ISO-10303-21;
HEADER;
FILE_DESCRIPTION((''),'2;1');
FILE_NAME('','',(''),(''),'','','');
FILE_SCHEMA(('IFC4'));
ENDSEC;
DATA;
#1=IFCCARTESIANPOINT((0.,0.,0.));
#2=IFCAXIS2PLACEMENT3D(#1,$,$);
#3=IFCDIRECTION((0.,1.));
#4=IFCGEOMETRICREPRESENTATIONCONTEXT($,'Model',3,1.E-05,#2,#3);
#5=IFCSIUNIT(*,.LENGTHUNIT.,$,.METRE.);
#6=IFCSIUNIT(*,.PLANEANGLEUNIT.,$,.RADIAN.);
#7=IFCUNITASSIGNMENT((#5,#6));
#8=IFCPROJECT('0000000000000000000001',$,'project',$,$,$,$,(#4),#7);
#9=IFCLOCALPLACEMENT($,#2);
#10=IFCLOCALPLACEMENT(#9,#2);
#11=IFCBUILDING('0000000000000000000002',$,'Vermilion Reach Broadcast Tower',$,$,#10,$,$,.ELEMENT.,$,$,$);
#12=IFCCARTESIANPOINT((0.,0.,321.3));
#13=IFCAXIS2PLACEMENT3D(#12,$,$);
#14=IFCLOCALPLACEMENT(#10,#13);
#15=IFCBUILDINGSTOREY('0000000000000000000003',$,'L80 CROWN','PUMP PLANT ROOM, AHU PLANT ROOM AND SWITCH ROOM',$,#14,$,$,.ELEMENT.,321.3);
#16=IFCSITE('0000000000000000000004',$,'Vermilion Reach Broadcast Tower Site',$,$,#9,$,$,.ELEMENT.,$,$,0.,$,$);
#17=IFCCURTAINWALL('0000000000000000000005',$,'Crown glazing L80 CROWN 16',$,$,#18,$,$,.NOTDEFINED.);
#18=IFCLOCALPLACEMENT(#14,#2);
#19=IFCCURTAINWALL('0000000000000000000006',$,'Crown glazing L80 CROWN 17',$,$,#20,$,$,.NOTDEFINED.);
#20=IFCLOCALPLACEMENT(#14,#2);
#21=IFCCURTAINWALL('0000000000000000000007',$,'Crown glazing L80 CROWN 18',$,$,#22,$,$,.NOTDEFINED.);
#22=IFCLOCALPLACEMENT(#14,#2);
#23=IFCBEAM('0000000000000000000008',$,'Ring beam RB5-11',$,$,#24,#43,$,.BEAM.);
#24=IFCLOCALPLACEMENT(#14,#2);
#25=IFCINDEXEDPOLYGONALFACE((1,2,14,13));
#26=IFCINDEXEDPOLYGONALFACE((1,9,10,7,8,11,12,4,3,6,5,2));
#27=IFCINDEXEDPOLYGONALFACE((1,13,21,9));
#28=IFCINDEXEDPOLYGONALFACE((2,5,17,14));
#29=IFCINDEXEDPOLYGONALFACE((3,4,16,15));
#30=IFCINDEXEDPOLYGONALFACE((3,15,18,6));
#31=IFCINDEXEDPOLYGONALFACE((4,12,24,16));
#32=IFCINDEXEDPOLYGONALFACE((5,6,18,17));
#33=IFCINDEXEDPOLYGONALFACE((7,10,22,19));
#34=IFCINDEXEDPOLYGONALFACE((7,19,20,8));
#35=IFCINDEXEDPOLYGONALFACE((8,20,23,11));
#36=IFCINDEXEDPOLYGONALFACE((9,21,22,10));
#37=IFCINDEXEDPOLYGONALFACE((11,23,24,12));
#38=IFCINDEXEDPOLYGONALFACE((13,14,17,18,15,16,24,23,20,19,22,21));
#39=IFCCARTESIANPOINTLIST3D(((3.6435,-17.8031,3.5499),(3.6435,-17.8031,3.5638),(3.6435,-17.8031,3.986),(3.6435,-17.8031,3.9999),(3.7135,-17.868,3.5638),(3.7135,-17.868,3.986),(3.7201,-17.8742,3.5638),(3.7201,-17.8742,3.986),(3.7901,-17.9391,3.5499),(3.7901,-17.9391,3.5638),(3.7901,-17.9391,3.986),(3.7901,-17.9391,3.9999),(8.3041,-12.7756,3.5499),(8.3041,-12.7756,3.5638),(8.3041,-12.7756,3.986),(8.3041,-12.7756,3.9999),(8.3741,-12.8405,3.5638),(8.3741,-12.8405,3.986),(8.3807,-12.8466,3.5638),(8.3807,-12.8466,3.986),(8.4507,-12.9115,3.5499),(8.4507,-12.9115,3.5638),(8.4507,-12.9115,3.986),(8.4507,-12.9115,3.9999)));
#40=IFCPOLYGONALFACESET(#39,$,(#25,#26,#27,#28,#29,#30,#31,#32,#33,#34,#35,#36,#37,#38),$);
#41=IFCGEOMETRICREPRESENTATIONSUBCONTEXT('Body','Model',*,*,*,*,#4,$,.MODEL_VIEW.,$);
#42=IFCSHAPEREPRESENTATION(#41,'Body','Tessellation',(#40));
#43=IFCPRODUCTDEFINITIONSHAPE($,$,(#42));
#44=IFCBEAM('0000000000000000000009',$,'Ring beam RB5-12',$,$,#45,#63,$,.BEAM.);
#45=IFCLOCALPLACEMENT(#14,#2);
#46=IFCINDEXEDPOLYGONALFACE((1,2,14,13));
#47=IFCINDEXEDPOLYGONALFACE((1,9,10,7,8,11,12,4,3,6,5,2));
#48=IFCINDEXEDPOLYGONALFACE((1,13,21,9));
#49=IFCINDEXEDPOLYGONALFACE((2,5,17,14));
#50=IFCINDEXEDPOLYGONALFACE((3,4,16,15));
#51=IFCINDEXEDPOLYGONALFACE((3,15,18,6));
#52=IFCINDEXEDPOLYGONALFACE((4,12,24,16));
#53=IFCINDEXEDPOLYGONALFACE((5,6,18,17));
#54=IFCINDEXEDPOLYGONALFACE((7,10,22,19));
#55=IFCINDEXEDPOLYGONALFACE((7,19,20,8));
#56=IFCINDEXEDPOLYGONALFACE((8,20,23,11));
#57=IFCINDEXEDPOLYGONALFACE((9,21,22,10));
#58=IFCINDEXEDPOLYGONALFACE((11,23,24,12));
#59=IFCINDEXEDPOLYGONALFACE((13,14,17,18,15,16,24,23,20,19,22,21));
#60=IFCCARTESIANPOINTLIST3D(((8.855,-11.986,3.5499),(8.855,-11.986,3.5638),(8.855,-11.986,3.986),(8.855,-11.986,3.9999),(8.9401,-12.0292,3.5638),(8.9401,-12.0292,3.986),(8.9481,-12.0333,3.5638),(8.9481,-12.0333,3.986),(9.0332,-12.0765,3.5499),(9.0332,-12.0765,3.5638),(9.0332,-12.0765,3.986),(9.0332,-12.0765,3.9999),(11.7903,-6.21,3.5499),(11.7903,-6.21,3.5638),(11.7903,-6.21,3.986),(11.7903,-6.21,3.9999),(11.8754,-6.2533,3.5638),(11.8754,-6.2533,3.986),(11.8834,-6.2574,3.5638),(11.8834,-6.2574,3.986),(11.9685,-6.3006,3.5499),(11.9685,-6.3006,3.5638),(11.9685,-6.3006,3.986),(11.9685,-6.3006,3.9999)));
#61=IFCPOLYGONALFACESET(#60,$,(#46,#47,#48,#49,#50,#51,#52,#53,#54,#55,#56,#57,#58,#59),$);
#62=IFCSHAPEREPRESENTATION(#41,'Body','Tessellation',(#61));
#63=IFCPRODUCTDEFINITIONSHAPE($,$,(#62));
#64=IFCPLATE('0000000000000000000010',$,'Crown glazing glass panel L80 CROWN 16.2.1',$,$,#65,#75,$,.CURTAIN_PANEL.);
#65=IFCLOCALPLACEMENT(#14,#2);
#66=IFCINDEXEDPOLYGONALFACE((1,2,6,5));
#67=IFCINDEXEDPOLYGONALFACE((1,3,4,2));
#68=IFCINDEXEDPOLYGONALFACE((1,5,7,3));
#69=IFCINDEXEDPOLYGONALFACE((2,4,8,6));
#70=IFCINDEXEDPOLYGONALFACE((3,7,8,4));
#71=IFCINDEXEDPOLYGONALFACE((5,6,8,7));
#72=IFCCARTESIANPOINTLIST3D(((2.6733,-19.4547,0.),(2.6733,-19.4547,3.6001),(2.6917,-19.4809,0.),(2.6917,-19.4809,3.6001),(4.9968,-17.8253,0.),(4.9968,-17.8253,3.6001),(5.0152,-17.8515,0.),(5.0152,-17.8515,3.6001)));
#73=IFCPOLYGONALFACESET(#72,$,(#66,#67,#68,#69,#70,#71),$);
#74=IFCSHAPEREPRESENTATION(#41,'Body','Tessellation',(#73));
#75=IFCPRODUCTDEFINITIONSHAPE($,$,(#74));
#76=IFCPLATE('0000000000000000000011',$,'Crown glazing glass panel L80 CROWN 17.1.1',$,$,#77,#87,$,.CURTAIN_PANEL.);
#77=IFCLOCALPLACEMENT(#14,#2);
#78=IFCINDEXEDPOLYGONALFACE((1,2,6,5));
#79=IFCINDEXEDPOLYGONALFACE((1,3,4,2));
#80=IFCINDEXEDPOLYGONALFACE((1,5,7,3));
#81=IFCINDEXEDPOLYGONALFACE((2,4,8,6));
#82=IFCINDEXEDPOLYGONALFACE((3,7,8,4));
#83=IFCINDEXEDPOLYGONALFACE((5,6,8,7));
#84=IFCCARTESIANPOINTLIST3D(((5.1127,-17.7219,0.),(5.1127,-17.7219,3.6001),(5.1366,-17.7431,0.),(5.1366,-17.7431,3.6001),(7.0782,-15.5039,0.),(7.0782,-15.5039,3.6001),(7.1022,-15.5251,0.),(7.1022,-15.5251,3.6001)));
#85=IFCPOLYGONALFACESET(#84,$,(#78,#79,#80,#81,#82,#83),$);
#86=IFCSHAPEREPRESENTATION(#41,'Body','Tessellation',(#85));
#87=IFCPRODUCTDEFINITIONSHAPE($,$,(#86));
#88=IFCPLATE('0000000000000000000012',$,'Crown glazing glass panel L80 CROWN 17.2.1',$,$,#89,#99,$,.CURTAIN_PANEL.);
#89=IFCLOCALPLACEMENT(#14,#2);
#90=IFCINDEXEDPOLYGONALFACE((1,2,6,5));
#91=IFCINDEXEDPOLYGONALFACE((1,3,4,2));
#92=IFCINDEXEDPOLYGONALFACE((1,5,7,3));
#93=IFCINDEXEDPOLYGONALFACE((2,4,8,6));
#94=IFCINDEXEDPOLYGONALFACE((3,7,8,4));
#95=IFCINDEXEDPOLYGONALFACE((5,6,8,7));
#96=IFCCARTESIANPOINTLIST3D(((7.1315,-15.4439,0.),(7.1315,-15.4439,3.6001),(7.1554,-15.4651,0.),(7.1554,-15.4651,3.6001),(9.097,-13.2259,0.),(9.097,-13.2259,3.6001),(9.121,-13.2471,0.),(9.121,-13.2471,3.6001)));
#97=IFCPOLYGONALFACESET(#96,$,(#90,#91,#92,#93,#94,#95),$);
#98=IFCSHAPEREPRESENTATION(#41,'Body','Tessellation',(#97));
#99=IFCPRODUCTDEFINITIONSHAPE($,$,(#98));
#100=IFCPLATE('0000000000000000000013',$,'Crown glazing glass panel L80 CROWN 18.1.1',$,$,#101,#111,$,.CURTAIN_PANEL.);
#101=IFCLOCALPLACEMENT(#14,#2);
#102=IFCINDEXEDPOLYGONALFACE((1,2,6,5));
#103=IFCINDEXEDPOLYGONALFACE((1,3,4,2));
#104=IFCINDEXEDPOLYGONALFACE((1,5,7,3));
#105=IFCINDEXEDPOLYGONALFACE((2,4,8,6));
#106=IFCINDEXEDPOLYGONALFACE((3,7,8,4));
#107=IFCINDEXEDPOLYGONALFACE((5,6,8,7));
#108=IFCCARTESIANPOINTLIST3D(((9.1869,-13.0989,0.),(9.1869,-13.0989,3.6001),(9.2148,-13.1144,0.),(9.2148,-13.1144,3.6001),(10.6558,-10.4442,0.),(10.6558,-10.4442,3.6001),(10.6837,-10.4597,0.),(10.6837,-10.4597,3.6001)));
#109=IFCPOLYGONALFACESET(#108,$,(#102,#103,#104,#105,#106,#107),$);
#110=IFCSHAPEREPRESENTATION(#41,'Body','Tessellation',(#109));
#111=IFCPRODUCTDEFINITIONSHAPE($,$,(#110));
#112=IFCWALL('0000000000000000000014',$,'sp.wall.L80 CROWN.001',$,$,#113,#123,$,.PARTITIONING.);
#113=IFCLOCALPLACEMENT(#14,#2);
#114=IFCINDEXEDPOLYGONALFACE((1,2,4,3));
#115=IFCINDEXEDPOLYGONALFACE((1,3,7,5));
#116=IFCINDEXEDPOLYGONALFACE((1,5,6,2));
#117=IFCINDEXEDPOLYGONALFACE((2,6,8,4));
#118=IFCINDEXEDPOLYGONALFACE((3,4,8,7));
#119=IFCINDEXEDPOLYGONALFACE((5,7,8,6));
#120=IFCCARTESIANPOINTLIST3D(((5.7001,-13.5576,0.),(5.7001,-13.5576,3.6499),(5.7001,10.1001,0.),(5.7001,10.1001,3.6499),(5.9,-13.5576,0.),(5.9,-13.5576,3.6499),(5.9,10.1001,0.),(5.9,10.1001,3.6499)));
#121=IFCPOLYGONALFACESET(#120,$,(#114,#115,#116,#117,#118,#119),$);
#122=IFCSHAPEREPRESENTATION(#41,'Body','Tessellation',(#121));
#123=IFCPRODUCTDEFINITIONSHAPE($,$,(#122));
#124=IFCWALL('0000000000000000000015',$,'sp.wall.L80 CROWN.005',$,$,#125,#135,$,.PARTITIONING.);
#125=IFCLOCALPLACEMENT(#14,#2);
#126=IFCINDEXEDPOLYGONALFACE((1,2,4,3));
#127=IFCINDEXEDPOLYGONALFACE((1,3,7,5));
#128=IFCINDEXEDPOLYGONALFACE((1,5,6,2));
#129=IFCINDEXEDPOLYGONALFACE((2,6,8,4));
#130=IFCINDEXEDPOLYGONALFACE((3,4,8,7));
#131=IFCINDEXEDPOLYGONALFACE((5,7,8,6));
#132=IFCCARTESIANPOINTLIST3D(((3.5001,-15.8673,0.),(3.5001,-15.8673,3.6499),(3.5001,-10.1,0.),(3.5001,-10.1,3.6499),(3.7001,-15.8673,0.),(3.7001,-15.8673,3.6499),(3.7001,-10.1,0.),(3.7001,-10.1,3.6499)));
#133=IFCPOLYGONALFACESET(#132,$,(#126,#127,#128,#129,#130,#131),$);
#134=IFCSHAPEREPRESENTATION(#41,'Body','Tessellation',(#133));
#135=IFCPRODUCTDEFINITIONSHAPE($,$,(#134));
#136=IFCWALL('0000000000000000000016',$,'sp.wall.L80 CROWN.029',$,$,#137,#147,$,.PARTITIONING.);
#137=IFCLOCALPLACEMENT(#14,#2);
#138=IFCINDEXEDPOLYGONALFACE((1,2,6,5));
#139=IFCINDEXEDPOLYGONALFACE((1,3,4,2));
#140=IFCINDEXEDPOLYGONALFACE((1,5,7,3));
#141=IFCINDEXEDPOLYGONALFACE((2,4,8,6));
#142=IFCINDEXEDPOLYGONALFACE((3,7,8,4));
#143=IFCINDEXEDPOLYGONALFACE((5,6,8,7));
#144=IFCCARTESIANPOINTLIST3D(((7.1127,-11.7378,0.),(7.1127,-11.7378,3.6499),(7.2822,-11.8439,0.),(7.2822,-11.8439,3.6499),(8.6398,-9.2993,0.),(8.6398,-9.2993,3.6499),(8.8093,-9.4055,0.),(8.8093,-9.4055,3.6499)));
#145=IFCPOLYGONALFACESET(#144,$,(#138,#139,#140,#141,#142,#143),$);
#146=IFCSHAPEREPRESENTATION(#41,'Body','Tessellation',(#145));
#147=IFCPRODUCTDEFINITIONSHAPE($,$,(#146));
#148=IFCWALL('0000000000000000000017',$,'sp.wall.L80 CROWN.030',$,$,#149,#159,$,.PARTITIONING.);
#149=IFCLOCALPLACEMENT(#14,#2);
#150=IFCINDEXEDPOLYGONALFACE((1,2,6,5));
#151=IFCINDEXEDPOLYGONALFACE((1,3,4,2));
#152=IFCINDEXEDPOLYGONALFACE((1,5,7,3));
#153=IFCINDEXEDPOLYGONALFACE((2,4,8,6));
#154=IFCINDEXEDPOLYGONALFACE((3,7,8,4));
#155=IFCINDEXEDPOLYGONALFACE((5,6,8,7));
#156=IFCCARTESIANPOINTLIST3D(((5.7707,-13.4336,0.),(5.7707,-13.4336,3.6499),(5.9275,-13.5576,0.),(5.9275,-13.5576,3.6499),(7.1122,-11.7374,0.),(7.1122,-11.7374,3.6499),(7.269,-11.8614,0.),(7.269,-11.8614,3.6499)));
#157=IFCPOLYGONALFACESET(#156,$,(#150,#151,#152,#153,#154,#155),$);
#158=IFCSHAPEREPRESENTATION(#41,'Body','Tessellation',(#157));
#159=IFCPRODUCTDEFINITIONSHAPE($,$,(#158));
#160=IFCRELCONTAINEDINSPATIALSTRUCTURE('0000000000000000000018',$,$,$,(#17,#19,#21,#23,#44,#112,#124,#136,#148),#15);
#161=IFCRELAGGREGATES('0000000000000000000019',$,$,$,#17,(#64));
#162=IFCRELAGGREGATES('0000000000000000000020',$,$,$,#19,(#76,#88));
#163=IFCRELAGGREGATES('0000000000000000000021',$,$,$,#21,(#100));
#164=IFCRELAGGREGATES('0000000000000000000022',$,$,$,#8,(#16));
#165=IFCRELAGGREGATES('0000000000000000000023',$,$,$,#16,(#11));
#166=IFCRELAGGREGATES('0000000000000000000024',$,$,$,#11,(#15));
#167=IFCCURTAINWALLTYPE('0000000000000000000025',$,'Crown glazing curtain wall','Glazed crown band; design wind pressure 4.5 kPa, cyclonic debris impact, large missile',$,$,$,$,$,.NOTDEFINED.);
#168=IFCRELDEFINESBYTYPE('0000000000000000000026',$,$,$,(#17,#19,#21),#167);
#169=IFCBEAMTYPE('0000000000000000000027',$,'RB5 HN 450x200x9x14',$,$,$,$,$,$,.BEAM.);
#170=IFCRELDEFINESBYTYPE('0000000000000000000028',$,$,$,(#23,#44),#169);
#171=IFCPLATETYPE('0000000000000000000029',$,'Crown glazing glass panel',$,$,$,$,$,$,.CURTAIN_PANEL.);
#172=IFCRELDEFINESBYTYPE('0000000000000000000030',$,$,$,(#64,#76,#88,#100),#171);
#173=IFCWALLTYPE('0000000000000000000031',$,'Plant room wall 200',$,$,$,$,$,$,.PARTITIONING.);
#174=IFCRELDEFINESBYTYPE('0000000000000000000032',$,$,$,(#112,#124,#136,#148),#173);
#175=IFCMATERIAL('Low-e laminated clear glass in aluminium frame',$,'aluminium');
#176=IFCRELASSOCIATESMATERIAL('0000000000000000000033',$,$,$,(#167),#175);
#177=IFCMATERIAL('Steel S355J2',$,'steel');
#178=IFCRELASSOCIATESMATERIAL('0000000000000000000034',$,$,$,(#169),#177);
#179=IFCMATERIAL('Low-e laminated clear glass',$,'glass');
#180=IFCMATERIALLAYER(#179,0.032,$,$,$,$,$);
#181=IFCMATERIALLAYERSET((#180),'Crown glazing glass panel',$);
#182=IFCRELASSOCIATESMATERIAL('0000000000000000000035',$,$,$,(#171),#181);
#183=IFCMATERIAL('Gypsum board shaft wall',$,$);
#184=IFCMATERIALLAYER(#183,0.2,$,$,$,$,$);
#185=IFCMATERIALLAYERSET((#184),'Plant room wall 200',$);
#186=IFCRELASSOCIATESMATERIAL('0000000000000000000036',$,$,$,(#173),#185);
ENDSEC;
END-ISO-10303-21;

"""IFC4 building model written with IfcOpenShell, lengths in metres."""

from ifc_helpers import new_model, si_unit, direction, frame, frame_2d, origin, origin_2d, place, context, subcontext, project, spatial, rectangle, i_section, extrude, material, layer, layer_set, material_profile, profile_set, type_object, element, aggregate, save


model = new_model("IFC4")

# Units and contexts
model_context = context("Model", 3, precision=1e-05, world=origin(), true_north=direction((0.0, 1.0)))
body_context = subcontext(model_context, "Body", "Model", "MODEL_VIEW")
ifc_project = project(units=[si_unit("LENGTHUNIT", "METRE"), si_unit("PLANEANGLEUNIT", "RADIAN")], contexts=[model_context])

# Site, building, storey
site_placement = place(None, origin())
site = spatial("IfcSite", under=ifc_project, at=site_placement, Name="Vermilion Reach Broadcast Tower Site", CompositionType="ELEMENT", RefElevation=0.0)
building_placement = place(site_placement, origin())
building = spatial("IfcBuilding", under=site, at=building_placement, Name="Vermilion Reach Broadcast Tower", CompositionType="ELEMENT")
storey_placement = place(building_placement, frame((0.0, 0.0, 321.3)))
storey = spatial("IfcBuildingStorey", under=building, at=storey_placement, Name="L80 CROWN", Description="PUMP PLANT ROOM, AHU PLANT ROOM AND SWITCH ROOM", CompositionType="ELEMENT", Elevation=321.3)

# Curtain wall
ifc_material_1 = material(Name="Low-e laminated clear glass in aluminium frame", Category="aluminium")
curtain_wall_type = type_object("IfcCurtainWallType", Name="Crown glazing curtain wall", Description="Glazed crown band; design wind pressure 4.5 kPa, cyclonic debris impact, large missile", PredefinedType="NOTDEFINED", material=ifc_material_1)
placement = place(storey_placement, origin())
curtain_wall_1 = element("IfcCurtainWall", 1, at=placement, inside=storey, type_object=curtain_wall_type, Name="Crown glazing L80 CROWN 16", PredefinedType="NOTDEFINED")

# Curtain wall
curtain_wall_2 = element("IfcCurtainWall", 2, at=placement, inside=storey, type_object=curtain_wall_type, Name="Crown glazing L80 CROWN 17", PredefinedType="NOTDEFINED")

# Curtain wall
curtain_wall_3 = element("IfcCurtainWall", 3, at=placement, inside=storey, type_object=curtain_wall_type, Name="Crown glazing L80 CROWN 18", PredefinedType="NOTDEFINED")

# Beams
ifc_material_2 = material(Name="Steel S355J2", Category="steel")
ifc_material_profile_1 = material_profile(ifc_material_2, i_section(OverallWidth=0.2, OverallDepth=0.45, WebThickness=0.009, FlangeThickness=0.0139, at=origin_2d()), Name="S355J2 HN 450x200x9x14")
ifc_profile_set_1 = profile_set([ifc_material_profile_1], Name="Steel S355J2")
beam_type_1 = type_object("IfcBeamType", Name="RB5 HN 450x200x9x14", PredefinedType="BEAM", material=ifc_profile_set_1)
beam_1_placement = place(storey_placement, frame((3.7168, -17.8711, 3.7749), z_axis=(0.679838, 0.733363, 0.0), x_axis=(-0.733363, 0.679838, 0.0)))
element("IfcBeam", 4, at=beam_1_placement, inside=storey, type_object=beam_type_1, Name="Ring beam RB5-11", PredefinedType="BEAM", context=body_context, shape_type="SweptSolid", body=[
    extrude(i_section(OverallWidth=0.2, OverallDepth=0.45, WebThickness=0.009, FlangeThickness=0.0139, at=origin_2d()), origin(), (0.0, 0.0, 1.0), 6.8555),
])
beam_2_placement = place(storey_placement, frame((8.9441, -12.0312, 3.7749), z_axis=(0.453052, 0.891484, 0.0), x_axis=(-0.891484, 0.453052, 0.0)))
element("IfcBeam", 5, at=beam_2_placement, inside=storey, type_object=beam_type_1, Name="Ring beam RB5-12", PredefinedType="BEAM", context=body_context, shape_type="SweptSolid", body=[
    extrude(i_section(OverallWidth=0.2, OverallDepth=0.45, WebThickness=0.009, FlangeThickness=0.0139, at=origin_2d()), origin(), (0.0, 0.0, 1.0), 6.479),
])

# Plates
ifc_material_3 = material(Name="Low-e laminated clear glass", Category="glass")
ifc_layer_1 = layer(ifc_material_3, 0.032)
ifc_layer_set_1 = layer_set([ifc_layer_1], Name="Crown glazing glass panel")
plate_type = type_object("IfcPlateType", Name="Crown glazing glass panel", PredefinedType="CURTAIN_PANEL", material=ifc_layer_set_1)
plate_1_placement = place(storey_placement, frame((3.8442, -18.6531, 0.0), z_axis=(0.0, 0.0, 1.0), x_axis=(0.81874, 0.574164, 0.0)))
plate_1 = element("IfcPlate", 6, at=plate_1_placement, type_object=plate_type, Name="Crown glazing glass panel L80 CROWN 16.2.1", PredefinedType="CURTAIN_PANEL", context=body_context, shape_type="SweptSolid", body=[
    extrude(rectangle(XDim=2.8379, YDim=0.032, at=origin_2d()), origin(), (0.0, 0.0, 1.0), 3.6001),
])
aggregate(curtain_wall_1, [plate_1])
plate_2_placement = place(storey_placement, frame((6.1074, -16.6235, 0.0), z_axis=(0.0, 0.0, 1.0), x_axis=(0.663239, 0.748408, 0.0)))
plate_2 = element("IfcPlate", 7, at=plate_2_placement, type_object=plate_type, Name="Crown glazing glass panel L80 CROWN 17.1.1", PredefinedType="CURTAIN_PANEL", context=body_context, shape_type="SweptSolid", body=[
    extrude(rectangle(XDim=2.9636, YDim=0.032, at=origin_2d()), origin(), (0.0, 0.0, 1.0), 3.6001),
])
plate_3_placement = place(storey_placement, frame((8.1262, -14.3455, 0.0), z_axis=(0.0, 0.0, 1.0), x_axis=(0.663239, 0.748408, 0.0)))
plate_3 = element("IfcPlate", 8, at=plate_3_placement, type_object=plate_type, Name="Crown glazing glass panel L80 CROWN 17.2.1", PredefinedType="CURTAIN_PANEL", context=body_context, shape_type="SweptSolid", body=[
    extrude(rectangle(XDim=2.9636, YDim=0.032, at=origin_2d()), origin(), (0.0, 0.0, 1.0), 3.6001),
])
aggregate(curtain_wall_2, [plate_2, plate_3])
plate_4_placement = place(storey_placement, frame((9.9353, -11.7793, 0.0), z_axis=(0.0, 0.0, 1.0), x_axis=(0.484153, 0.874983, 0.0)))
plate_4 = element("IfcPlate", 9, at=plate_4_placement, type_object=plate_type, Name="Crown glazing glass panel L80 CROWN 18.1.1", PredefinedType="CURTAIN_PANEL", context=body_context, shape_type="SweptSolid", body=[
    extrude(rectangle(XDim=3.0339, YDim=0.032, at=origin_2d()), origin(), (0.0, 0.0, 1.0), 3.6001),
])
aggregate(curtain_wall_3, [plate_4])

# Walls
ifc_material_4 = material(Name="Gypsum board shaft wall")
ifc_layer_2 = layer(ifc_material_4, 0.2)
ifc_layer_set_2 = layer_set([ifc_layer_2], Name="Plant room wall 200")
wall_type = type_object("IfcWallType", Name="Plant room wall 200", PredefinedType="PARTITIONING", material=ifc_layer_set_2)
wall_1_placement = place(storey_placement, frame((5.8, -13.5576, 0.0), z_axis=(0.0, 0.0, 1.0), x_axis=(0.0, 1.0, 0.0)))
element("IfcWall", 10, at=wall_1_placement, inside=storey, type_object=wall_type, Name="sp.wall.L80 CROWN.001", PredefinedType="PARTITIONING", context=body_context, shape_type="SweptSolid", body=[
    extrude(rectangle(XDim=23.6577, YDim=0.2, at=frame_2d((11.8289, 0.0))), origin(), (0.0, 0.0, 1.0), 3.6499),
])
wall_2_placement = place(storey_placement, frame((3.6001, -15.8674, 0.0), z_axis=(0.0, 0.0, 1.0), x_axis=(0.0, 1.0, 0.0)))
element("IfcWall", 11, at=wall_2_placement, inside=storey, type_object=wall_type, Name="sp.wall.L80 CROWN.005", PredefinedType="PARTITIONING", context=body_context, shape_type="SweptSolid", body=[
    extrude(rectangle(XDim=5.7673, YDim=0.2, at=frame_2d((2.8838, 0.0))), origin(), (0.0, 0.0, 1.0), 3.6499),
])
wall_3_placement = place(storey_placement, frame((7.1975, -11.7908, 0.0), z_axis=(0.0, 0.0, 1.0), x_axis=(0.530761, 0.847521, 0.0)))
element("IfcWall", 12, at=wall_3_placement, inside=storey, type_object=wall_type, Name="sp.wall.L80 CROWN.029", PredefinedType="PARTITIONING", context=body_context, shape_type="SweptSolid", body=[
    extrude(rectangle(XDim=2.8772, YDim=0.2, at=frame_2d((1.4385, 0.0))), origin(), (0.0, 0.0, 1.0), 3.6499),
])
wall_4_placement = place(storey_placement, frame((5.8491, -13.4956, 0.0), z_axis=(0.0, 0.0, 1.0), x_axis=(0.620321, 0.784348, 0.0)))
element("IfcWall", 13, at=wall_4_placement, inside=storey, type_object=wall_type, Name="sp.wall.L80 CROWN.030", PredefinedType="PARTITIONING", context=body_context, shape_type="SweptSolid", body=[
    extrude(rectangle(XDim=2.1626, YDim=0.2, at=frame_2d((1.0813, 0.0))), origin(), (0.0, 0.0, 1.0), 3.6499),
])

save(model, "model.ifc")
